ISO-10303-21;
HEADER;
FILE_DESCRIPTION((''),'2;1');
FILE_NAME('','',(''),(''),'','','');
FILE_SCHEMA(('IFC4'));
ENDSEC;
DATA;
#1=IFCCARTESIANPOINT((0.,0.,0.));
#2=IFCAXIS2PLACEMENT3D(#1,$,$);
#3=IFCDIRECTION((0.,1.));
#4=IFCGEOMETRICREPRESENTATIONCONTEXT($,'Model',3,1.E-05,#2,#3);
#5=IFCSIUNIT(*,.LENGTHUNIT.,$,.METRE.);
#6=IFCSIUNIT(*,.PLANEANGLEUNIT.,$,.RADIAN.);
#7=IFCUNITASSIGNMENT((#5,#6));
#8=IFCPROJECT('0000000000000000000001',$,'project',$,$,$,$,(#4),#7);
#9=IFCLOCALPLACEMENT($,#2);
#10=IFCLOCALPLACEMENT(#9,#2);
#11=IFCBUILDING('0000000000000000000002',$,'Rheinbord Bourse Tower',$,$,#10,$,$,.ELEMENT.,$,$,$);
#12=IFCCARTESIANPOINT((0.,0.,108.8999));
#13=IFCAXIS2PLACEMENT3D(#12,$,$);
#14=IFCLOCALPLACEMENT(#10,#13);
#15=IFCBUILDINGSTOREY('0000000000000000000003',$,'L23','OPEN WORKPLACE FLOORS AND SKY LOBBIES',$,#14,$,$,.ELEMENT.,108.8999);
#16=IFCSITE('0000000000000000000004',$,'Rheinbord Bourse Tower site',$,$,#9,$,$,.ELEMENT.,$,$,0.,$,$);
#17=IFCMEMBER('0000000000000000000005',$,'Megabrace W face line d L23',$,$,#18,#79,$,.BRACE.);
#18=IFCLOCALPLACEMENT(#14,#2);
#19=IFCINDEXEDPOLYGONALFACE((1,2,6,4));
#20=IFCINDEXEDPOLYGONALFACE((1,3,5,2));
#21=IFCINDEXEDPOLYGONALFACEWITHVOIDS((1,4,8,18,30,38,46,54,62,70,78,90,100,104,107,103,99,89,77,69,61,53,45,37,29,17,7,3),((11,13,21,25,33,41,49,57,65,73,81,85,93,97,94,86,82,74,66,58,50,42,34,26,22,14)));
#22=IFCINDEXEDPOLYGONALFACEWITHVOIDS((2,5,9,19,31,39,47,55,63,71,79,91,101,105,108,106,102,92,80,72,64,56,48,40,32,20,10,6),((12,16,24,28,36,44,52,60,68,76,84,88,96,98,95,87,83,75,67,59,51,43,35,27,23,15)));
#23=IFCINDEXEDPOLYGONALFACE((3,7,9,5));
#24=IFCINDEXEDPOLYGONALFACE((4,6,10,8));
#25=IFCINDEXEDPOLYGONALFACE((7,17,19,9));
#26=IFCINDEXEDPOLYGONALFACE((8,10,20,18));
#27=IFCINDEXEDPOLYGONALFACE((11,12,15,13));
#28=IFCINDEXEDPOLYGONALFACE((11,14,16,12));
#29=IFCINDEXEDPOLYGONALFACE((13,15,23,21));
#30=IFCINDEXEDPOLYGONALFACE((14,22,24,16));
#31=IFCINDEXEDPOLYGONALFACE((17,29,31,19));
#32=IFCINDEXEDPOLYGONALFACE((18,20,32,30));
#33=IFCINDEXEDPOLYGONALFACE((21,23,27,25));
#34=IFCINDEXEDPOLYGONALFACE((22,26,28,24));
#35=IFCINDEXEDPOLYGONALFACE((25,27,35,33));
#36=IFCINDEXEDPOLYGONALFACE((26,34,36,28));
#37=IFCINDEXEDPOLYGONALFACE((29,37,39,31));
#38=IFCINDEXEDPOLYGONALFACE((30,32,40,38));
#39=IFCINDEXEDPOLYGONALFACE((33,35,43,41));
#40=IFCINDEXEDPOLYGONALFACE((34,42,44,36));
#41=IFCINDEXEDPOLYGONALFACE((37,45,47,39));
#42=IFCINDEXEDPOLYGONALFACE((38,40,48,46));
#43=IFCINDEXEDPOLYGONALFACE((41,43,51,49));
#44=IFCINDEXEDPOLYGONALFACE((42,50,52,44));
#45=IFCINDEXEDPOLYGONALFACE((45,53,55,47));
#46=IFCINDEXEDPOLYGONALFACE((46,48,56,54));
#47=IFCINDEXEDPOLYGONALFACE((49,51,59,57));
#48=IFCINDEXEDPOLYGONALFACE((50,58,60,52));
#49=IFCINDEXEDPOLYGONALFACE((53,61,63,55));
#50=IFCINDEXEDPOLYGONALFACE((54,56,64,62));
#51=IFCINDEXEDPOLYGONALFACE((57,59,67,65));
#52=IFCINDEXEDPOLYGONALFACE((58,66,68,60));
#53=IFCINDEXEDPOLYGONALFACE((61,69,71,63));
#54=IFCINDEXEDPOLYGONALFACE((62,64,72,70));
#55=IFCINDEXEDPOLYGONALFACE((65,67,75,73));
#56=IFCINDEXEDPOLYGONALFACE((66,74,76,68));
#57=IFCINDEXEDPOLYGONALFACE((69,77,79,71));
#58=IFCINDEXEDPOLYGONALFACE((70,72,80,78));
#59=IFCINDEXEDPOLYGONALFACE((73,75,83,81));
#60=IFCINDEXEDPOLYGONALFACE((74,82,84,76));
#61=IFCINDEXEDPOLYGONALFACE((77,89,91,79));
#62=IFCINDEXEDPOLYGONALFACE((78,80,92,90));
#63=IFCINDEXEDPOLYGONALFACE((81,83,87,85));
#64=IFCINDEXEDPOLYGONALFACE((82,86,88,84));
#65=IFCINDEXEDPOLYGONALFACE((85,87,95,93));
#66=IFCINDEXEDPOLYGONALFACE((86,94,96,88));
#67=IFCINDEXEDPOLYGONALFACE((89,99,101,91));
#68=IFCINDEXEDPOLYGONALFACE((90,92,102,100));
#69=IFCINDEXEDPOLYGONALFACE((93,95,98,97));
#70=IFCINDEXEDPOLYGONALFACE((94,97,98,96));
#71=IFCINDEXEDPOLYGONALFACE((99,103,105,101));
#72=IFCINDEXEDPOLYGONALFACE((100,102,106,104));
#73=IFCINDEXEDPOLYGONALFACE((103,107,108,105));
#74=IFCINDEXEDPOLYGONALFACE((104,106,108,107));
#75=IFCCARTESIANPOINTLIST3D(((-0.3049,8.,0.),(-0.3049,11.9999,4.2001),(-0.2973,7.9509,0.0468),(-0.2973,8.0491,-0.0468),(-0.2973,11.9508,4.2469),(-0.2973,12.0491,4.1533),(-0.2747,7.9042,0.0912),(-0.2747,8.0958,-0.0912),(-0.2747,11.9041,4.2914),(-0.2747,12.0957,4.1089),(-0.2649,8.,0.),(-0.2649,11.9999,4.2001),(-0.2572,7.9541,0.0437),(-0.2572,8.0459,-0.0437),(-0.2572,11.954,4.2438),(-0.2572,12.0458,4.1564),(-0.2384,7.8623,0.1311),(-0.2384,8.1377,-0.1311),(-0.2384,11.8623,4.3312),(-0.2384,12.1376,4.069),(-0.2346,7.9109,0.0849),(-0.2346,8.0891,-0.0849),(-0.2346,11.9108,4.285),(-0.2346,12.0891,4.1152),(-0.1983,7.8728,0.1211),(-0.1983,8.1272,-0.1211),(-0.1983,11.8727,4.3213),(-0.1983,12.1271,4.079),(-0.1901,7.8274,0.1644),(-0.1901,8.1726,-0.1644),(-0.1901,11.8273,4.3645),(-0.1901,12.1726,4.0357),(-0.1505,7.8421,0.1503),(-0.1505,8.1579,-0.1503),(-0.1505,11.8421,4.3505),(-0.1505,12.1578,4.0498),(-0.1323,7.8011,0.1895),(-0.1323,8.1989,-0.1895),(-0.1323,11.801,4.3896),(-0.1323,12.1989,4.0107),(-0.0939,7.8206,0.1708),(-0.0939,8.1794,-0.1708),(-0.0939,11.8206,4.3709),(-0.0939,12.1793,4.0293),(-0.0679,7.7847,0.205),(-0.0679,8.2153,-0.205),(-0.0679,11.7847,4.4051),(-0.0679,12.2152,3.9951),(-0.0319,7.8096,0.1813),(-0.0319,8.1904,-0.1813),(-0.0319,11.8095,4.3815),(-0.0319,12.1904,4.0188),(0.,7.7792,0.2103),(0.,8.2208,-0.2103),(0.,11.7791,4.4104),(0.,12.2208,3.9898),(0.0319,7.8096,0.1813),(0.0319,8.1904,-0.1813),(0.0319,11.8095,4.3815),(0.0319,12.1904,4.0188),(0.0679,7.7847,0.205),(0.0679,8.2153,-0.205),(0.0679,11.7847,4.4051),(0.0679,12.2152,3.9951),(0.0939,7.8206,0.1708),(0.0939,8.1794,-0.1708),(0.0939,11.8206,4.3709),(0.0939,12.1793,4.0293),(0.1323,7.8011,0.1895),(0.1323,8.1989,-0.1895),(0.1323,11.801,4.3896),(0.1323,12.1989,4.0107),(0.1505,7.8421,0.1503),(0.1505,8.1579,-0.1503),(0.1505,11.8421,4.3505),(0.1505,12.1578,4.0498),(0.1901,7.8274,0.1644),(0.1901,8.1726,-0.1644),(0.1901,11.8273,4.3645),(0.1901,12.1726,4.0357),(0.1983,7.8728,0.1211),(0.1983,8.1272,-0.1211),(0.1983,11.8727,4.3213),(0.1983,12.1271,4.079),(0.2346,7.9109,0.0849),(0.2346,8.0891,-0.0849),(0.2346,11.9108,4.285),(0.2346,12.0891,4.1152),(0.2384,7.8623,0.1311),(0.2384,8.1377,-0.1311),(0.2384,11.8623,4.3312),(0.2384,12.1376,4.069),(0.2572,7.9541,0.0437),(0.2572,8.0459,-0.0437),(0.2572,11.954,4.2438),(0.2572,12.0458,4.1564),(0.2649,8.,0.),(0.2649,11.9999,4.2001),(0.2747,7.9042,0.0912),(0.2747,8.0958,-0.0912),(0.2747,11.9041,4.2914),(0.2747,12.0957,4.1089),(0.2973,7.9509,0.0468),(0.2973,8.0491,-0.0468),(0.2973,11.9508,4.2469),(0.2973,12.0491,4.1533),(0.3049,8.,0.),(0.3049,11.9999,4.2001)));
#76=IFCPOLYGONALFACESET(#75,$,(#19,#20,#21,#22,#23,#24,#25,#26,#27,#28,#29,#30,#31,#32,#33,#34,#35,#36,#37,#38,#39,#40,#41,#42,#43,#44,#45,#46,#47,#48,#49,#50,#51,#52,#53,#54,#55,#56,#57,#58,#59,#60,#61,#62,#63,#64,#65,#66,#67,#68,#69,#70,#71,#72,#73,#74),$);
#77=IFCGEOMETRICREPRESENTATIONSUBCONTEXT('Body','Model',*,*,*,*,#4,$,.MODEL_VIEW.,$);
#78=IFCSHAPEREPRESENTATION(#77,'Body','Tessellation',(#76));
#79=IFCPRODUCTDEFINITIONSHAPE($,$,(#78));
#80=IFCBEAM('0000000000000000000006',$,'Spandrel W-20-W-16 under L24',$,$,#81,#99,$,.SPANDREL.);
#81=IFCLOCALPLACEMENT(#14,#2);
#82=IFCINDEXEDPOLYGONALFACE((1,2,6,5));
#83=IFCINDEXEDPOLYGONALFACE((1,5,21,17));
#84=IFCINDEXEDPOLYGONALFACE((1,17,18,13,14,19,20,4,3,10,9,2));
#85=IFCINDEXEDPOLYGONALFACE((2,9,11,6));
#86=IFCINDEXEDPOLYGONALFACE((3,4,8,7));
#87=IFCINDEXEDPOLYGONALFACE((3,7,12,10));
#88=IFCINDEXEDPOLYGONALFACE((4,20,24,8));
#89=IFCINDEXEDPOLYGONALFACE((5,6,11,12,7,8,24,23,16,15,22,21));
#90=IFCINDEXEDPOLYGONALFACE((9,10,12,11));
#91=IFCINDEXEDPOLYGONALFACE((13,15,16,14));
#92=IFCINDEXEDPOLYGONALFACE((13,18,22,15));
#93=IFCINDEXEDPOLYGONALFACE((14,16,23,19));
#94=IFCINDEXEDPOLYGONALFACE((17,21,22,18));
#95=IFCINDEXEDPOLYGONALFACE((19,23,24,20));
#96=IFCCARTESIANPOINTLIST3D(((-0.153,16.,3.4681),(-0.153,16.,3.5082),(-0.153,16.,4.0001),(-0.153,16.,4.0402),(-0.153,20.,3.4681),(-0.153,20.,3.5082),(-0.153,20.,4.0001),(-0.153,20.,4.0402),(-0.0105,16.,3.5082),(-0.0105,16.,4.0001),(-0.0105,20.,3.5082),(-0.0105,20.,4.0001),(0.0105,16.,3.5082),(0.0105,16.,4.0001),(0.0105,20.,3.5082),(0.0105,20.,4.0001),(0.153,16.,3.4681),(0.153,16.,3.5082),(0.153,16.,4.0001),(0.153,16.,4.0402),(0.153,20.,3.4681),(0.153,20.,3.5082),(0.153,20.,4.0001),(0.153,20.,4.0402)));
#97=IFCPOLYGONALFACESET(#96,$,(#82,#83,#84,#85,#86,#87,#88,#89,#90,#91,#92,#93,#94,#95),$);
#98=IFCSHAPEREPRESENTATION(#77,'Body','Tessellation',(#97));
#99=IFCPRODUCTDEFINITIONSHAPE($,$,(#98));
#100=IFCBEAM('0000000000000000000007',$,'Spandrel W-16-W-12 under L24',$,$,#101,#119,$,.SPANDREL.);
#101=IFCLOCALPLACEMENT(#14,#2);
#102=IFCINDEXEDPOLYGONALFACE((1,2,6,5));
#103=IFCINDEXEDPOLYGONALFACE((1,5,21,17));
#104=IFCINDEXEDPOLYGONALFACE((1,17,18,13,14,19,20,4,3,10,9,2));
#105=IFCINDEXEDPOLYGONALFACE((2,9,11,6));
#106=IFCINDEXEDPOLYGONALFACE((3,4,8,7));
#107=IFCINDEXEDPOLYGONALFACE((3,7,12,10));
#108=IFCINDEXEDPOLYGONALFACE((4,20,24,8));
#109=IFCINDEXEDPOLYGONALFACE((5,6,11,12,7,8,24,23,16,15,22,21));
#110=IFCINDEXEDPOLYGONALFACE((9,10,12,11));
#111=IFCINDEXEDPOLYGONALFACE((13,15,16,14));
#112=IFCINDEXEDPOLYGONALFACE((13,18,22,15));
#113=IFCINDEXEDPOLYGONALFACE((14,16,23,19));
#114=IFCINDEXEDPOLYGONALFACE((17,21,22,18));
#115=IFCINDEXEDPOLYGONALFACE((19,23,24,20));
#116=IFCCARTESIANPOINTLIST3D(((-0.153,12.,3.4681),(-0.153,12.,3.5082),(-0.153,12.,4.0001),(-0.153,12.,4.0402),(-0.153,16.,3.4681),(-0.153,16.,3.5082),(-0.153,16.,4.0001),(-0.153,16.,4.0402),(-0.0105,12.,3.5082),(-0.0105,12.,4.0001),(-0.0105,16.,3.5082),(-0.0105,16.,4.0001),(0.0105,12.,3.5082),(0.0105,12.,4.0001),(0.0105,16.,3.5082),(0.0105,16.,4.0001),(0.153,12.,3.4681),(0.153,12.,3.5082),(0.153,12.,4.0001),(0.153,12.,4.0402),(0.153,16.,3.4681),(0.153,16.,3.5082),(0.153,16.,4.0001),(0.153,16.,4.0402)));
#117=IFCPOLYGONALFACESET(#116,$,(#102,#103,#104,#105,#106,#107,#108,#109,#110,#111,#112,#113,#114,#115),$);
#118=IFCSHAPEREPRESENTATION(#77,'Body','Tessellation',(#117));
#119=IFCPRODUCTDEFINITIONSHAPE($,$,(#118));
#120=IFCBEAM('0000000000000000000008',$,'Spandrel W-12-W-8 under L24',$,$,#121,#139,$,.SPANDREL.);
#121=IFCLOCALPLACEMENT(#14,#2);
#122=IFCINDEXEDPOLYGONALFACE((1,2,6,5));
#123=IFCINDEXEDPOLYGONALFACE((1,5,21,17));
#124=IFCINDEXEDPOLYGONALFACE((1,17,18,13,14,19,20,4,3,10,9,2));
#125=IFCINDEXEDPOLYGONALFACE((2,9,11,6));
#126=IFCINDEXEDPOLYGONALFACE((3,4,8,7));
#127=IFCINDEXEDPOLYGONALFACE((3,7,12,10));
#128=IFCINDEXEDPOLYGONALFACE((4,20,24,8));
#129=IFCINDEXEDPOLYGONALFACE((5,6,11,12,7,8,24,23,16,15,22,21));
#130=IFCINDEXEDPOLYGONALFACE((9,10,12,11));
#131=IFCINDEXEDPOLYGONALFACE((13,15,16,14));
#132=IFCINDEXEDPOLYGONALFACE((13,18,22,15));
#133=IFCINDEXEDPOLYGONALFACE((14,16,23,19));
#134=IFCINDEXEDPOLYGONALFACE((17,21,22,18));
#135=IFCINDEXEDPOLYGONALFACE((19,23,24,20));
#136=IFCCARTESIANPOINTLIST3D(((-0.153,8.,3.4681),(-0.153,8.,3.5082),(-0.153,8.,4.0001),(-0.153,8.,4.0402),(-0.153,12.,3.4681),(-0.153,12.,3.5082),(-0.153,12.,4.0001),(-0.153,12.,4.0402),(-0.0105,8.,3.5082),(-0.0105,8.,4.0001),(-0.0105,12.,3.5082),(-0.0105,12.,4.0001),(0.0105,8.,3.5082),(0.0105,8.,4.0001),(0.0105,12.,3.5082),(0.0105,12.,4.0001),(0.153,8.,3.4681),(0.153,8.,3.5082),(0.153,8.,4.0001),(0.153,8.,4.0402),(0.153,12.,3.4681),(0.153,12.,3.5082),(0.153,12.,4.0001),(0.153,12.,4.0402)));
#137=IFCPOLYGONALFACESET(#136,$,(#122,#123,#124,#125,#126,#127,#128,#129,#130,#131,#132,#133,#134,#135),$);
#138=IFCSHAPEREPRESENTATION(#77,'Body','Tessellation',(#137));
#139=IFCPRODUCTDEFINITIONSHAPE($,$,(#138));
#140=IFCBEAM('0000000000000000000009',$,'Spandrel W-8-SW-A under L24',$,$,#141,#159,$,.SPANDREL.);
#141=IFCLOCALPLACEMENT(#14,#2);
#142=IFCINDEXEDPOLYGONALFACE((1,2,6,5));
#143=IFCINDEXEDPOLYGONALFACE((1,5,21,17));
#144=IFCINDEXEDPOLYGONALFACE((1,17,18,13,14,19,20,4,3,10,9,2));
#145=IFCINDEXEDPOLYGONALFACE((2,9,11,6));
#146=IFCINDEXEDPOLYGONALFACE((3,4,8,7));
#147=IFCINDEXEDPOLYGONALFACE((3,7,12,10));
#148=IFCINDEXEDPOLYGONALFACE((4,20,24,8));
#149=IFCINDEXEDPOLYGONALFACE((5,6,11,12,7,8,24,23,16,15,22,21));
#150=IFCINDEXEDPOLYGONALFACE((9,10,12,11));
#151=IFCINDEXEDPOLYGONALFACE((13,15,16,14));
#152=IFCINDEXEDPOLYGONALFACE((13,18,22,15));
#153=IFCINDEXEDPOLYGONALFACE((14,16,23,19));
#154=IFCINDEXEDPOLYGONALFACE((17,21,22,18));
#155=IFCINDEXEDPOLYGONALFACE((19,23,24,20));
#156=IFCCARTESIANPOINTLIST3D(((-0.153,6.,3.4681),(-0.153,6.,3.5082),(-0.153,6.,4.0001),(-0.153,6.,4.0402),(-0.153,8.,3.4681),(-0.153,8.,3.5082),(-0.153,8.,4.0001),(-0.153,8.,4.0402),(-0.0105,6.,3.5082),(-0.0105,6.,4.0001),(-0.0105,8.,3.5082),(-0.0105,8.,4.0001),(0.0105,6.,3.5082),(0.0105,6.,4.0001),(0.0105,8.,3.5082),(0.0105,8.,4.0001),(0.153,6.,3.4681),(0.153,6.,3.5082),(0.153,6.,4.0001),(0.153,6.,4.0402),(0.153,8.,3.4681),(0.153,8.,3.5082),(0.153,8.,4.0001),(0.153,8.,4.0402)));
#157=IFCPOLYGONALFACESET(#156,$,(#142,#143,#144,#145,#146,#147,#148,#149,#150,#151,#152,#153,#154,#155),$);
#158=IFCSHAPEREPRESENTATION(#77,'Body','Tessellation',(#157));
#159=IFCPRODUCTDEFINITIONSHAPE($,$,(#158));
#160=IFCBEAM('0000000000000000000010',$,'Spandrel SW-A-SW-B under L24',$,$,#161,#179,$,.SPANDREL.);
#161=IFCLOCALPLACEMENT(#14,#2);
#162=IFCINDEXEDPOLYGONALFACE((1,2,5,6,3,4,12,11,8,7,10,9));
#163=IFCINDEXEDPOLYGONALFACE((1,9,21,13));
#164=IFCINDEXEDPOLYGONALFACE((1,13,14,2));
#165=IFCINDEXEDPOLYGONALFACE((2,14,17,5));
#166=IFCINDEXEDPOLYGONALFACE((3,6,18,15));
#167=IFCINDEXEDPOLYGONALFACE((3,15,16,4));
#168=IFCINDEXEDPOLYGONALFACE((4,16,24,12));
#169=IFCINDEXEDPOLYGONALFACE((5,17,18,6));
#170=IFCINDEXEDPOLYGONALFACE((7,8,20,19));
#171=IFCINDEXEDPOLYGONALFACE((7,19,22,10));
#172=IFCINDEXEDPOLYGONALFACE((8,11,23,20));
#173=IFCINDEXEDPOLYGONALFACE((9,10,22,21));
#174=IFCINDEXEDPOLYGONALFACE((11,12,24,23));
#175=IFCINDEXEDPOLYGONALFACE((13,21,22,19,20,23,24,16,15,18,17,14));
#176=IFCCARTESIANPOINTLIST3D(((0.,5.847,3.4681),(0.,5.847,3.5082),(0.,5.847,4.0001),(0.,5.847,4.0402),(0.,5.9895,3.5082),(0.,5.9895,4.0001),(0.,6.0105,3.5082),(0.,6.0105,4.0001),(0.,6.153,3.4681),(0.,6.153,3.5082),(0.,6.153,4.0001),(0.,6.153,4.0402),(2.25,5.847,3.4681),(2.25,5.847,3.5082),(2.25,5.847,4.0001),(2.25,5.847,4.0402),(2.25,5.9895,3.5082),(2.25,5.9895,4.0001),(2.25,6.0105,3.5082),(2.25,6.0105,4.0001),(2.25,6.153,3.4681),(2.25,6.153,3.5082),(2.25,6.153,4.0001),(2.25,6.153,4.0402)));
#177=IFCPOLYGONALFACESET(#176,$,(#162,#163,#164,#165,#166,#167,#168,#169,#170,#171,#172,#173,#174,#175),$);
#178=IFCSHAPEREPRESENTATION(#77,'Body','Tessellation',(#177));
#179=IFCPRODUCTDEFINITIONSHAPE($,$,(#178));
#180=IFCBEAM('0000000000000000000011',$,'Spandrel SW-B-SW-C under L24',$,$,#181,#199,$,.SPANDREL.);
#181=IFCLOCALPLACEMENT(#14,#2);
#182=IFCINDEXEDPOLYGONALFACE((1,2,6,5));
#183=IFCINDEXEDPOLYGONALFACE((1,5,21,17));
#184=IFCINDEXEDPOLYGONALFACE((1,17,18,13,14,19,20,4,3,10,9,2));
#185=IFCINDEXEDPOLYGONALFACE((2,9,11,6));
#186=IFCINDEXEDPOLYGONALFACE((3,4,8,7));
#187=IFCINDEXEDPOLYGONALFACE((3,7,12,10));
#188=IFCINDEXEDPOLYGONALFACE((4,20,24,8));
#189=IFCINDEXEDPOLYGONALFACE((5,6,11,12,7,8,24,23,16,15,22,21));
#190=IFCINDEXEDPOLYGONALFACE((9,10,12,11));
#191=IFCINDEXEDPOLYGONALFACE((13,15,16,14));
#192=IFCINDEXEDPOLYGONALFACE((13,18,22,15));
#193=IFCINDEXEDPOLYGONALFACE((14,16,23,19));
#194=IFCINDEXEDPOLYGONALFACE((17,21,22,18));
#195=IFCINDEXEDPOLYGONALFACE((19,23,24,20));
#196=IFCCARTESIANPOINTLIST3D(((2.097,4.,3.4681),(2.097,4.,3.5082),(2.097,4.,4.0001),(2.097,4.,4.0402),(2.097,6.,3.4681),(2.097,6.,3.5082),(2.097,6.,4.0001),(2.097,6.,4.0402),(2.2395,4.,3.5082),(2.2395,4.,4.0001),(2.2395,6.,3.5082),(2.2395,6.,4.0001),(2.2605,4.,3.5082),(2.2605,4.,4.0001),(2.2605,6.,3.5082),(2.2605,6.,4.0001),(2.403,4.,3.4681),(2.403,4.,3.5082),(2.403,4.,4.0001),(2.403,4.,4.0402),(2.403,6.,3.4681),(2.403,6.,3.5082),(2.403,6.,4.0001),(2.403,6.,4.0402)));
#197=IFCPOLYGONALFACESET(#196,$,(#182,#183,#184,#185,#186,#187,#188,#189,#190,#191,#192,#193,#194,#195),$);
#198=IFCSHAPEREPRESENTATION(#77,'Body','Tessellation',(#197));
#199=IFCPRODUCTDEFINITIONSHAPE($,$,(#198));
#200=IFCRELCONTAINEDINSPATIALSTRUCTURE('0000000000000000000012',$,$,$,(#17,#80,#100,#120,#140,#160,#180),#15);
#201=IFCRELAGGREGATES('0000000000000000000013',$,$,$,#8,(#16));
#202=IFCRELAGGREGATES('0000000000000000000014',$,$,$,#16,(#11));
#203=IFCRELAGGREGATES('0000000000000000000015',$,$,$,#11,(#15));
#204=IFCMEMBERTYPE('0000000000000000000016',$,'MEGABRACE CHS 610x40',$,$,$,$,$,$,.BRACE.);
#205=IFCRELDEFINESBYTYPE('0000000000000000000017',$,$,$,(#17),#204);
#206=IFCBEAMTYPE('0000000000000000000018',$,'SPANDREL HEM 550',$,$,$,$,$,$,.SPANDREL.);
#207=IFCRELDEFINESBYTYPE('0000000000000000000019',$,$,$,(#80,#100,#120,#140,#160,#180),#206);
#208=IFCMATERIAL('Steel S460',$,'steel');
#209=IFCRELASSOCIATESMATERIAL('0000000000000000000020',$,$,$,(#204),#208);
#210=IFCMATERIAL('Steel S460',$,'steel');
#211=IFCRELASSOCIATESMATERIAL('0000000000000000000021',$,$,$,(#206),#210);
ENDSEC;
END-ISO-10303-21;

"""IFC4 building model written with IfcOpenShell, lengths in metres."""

from ifc_helpers import new_model, si_unit, direction, frame, origin, origin_2d, place, context, subcontext, project, spatial, hollow_circle, i_section, extrude, material, material_profile, profile_set, type_object, element, save


model = new_model("IFC4")

# Units and contexts
model_context = context("Model", 3, precision=1e-05, world=origin(), true_north=direction((0.0, 1.0)))
body_context = subcontext(model_context, "Body", "Model", "MODEL_VIEW")
ifc_project = project(units=[si_unit("LENGTHUNIT", "METRE"), si_unit("PLANEANGLEUNIT", "RADIAN")], contexts=[model_context])

# Site, building, storey
site_placement = place(None, origin())
site = spatial("IfcSite", under=ifc_project, at=site_placement, Name="Rheinbord Bourse Tower site", CompositionType="ELEMENT", RefElevation=0.0)
building_placement = place(site_placement, origin())
building = spatial("IfcBuilding", under=site, at=building_placement, Name="Rheinbord Bourse Tower", CompositionType="ELEMENT")
storey_placement = place(building_placement, frame((0.0, 0.0, 108.8999)))
storey = spatial("IfcBuildingStorey", under=building, at=storey_placement, Name="L23", Description="OPEN WORKPLACE FLOORS AND SKY LOBBIES", CompositionType="ELEMENT", Elevation=108.8999)

# Member
ifc_material_1 = material(Name="Steel S460", Category="steel")
ifc_material_profile_1 = material_profile(ifc_material_1, hollow_circle(Radius=0.3049, WallThickness=0.04, at=origin_2d()), Name="CHS 610x40")
ifc_profile_set_1 = profile_set([ifc_material_profile_1], Name="Steel S460")
member_type_1 = type_object("IfcMemberType", Name="MEGABRACE CHS 610x40", PredefinedType="BRACE", material=ifc_profile_set_1)
for number, where, z_axis, x_axis, name in (
    (1, (0.0, 8.0, 0.0), (0.0, 0.689638, 0.724154), (-1.0, 0.0, 0.0), "Megabrace W face line d L23"),
):
    element("IfcMember", number, at=place(storey_placement, frame(where, z_axis=z_axis, x_axis=x_axis)), inside=storey, type_object=member_type_1, Name=name, PredefinedType="BRACE", context=body_context, shape_type="SweptSolid", body=[
        extrude(hollow_circle(Radius=0.3049, WallThickness=0.04, at=origin_2d()), origin(), (0.0, 0.0, 1.0), 5.8),
    ])

# Beams
ifc_material_2 = material(Name="Steel S460", Category="steel")
ifc_material_profile_2 = material_profile(ifc_material_2, i_section(OverallWidth=0.3059, OverallDepth=0.572, WebThickness=0.021, FlangeThickness=0.04, at=origin_2d()), Name="HEM 550")
ifc_profile_set_2 = profile_set([ifc_material_profile_2], Name="Steel S460")
beam_type_1 = type_object("IfcBeamType", Name="SPANDREL HEM 550", PredefinedType="SPANDREL", material=ifc_profile_set_2)
for number, where, z_axis, x_axis, name in (
    (2, (0.0, 20.0, 3.7542), (0.0, -1.0, 0.0), (1.0, 0.0, 0.0), "Spandrel W-20-W-16 under L24"),
    (3, (0.0, 16.0, 3.7542), (0.0, -1.0, 0.0), (1.0, 0.0, 0.0), "Spandrel W-16-W-12 under L24"),
    (4, (0.0, 12.0, 3.7542), (0.0, -1.0, 0.0), (1.0, 0.0, 0.0), "Spandrel W-12-W-8 under L24"),
):
    element("IfcBeam", number, at=place(storey_placement, frame(where, z_axis=z_axis, x_axis=x_axis)), inside=storey, type_object=beam_type_1, Name=name, PredefinedType="SPANDREL", context=body_context, shape_type="SweptSolid", body=[
        extrude(i_section(OverallWidth=0.3059, OverallDepth=0.572, WebThickness=0.021, FlangeThickness=0.04, at=origin_2d()), origin(), (0.0, 0.0, 1.0), 4.0),
    ])
beam_1_placement = place(storey_placement, frame((0.0, 8.0, 3.7542), z_axis=(0.0, -1.0, 0.0), x_axis=(1.0, 0.0, 0.0)))
element("IfcBeam", 5, at=beam_1_placement, inside=storey, type_object=beam_type_1, Name="Spandrel W-8-SW-A under L24", PredefinedType="SPANDREL", context=body_context, shape_type="SweptSolid", body=[
    extrude(i_section(OverallWidth=0.3059, OverallDepth=0.572, WebThickness=0.021, FlangeThickness=0.04, at=origin_2d()), origin(), (0.0, 0.0, 1.0), 2.0),
])
beam_2_placement = place(storey_placement, frame((0.0, 6.0, 3.7542), z_axis=(1.0, 0.0, 0.0), x_axis=(0.0, 1.0, 0.0)))
element("IfcBeam", 6, at=beam_2_placement, inside=storey, type_object=beam_type_1, Name="Spandrel SW-A-SW-B under L24", PredefinedType="SPANDREL", context=body_context, shape_type="SweptSolid", body=[
    extrude(i_section(OverallWidth=0.3059, OverallDepth=0.572, WebThickness=0.021, FlangeThickness=0.04, at=origin_2d()), origin(), (0.0, 0.0, 1.0), 2.25),
])
beam_3_placement = place(storey_placement, frame((2.25, 6.0, 3.7542), z_axis=(0.0, -1.0, 0.0), x_axis=(1.0, 0.0, 0.0)))
element("IfcBeam", 7, at=beam_3_placement, inside=storey, type_object=beam_type_1, Name="Spandrel SW-B-SW-C under L24", PredefinedType="SPANDREL", context=body_context, shape_type="SweptSolid", body=[
    extrude(i_section(OverallWidth=0.3059, OverallDepth=0.572, WebThickness=0.021, FlangeThickness=0.04, at=origin_2d()), origin(), (0.0, 0.0, 1.0), 2.0),
])

save(model, "model.ifc")
